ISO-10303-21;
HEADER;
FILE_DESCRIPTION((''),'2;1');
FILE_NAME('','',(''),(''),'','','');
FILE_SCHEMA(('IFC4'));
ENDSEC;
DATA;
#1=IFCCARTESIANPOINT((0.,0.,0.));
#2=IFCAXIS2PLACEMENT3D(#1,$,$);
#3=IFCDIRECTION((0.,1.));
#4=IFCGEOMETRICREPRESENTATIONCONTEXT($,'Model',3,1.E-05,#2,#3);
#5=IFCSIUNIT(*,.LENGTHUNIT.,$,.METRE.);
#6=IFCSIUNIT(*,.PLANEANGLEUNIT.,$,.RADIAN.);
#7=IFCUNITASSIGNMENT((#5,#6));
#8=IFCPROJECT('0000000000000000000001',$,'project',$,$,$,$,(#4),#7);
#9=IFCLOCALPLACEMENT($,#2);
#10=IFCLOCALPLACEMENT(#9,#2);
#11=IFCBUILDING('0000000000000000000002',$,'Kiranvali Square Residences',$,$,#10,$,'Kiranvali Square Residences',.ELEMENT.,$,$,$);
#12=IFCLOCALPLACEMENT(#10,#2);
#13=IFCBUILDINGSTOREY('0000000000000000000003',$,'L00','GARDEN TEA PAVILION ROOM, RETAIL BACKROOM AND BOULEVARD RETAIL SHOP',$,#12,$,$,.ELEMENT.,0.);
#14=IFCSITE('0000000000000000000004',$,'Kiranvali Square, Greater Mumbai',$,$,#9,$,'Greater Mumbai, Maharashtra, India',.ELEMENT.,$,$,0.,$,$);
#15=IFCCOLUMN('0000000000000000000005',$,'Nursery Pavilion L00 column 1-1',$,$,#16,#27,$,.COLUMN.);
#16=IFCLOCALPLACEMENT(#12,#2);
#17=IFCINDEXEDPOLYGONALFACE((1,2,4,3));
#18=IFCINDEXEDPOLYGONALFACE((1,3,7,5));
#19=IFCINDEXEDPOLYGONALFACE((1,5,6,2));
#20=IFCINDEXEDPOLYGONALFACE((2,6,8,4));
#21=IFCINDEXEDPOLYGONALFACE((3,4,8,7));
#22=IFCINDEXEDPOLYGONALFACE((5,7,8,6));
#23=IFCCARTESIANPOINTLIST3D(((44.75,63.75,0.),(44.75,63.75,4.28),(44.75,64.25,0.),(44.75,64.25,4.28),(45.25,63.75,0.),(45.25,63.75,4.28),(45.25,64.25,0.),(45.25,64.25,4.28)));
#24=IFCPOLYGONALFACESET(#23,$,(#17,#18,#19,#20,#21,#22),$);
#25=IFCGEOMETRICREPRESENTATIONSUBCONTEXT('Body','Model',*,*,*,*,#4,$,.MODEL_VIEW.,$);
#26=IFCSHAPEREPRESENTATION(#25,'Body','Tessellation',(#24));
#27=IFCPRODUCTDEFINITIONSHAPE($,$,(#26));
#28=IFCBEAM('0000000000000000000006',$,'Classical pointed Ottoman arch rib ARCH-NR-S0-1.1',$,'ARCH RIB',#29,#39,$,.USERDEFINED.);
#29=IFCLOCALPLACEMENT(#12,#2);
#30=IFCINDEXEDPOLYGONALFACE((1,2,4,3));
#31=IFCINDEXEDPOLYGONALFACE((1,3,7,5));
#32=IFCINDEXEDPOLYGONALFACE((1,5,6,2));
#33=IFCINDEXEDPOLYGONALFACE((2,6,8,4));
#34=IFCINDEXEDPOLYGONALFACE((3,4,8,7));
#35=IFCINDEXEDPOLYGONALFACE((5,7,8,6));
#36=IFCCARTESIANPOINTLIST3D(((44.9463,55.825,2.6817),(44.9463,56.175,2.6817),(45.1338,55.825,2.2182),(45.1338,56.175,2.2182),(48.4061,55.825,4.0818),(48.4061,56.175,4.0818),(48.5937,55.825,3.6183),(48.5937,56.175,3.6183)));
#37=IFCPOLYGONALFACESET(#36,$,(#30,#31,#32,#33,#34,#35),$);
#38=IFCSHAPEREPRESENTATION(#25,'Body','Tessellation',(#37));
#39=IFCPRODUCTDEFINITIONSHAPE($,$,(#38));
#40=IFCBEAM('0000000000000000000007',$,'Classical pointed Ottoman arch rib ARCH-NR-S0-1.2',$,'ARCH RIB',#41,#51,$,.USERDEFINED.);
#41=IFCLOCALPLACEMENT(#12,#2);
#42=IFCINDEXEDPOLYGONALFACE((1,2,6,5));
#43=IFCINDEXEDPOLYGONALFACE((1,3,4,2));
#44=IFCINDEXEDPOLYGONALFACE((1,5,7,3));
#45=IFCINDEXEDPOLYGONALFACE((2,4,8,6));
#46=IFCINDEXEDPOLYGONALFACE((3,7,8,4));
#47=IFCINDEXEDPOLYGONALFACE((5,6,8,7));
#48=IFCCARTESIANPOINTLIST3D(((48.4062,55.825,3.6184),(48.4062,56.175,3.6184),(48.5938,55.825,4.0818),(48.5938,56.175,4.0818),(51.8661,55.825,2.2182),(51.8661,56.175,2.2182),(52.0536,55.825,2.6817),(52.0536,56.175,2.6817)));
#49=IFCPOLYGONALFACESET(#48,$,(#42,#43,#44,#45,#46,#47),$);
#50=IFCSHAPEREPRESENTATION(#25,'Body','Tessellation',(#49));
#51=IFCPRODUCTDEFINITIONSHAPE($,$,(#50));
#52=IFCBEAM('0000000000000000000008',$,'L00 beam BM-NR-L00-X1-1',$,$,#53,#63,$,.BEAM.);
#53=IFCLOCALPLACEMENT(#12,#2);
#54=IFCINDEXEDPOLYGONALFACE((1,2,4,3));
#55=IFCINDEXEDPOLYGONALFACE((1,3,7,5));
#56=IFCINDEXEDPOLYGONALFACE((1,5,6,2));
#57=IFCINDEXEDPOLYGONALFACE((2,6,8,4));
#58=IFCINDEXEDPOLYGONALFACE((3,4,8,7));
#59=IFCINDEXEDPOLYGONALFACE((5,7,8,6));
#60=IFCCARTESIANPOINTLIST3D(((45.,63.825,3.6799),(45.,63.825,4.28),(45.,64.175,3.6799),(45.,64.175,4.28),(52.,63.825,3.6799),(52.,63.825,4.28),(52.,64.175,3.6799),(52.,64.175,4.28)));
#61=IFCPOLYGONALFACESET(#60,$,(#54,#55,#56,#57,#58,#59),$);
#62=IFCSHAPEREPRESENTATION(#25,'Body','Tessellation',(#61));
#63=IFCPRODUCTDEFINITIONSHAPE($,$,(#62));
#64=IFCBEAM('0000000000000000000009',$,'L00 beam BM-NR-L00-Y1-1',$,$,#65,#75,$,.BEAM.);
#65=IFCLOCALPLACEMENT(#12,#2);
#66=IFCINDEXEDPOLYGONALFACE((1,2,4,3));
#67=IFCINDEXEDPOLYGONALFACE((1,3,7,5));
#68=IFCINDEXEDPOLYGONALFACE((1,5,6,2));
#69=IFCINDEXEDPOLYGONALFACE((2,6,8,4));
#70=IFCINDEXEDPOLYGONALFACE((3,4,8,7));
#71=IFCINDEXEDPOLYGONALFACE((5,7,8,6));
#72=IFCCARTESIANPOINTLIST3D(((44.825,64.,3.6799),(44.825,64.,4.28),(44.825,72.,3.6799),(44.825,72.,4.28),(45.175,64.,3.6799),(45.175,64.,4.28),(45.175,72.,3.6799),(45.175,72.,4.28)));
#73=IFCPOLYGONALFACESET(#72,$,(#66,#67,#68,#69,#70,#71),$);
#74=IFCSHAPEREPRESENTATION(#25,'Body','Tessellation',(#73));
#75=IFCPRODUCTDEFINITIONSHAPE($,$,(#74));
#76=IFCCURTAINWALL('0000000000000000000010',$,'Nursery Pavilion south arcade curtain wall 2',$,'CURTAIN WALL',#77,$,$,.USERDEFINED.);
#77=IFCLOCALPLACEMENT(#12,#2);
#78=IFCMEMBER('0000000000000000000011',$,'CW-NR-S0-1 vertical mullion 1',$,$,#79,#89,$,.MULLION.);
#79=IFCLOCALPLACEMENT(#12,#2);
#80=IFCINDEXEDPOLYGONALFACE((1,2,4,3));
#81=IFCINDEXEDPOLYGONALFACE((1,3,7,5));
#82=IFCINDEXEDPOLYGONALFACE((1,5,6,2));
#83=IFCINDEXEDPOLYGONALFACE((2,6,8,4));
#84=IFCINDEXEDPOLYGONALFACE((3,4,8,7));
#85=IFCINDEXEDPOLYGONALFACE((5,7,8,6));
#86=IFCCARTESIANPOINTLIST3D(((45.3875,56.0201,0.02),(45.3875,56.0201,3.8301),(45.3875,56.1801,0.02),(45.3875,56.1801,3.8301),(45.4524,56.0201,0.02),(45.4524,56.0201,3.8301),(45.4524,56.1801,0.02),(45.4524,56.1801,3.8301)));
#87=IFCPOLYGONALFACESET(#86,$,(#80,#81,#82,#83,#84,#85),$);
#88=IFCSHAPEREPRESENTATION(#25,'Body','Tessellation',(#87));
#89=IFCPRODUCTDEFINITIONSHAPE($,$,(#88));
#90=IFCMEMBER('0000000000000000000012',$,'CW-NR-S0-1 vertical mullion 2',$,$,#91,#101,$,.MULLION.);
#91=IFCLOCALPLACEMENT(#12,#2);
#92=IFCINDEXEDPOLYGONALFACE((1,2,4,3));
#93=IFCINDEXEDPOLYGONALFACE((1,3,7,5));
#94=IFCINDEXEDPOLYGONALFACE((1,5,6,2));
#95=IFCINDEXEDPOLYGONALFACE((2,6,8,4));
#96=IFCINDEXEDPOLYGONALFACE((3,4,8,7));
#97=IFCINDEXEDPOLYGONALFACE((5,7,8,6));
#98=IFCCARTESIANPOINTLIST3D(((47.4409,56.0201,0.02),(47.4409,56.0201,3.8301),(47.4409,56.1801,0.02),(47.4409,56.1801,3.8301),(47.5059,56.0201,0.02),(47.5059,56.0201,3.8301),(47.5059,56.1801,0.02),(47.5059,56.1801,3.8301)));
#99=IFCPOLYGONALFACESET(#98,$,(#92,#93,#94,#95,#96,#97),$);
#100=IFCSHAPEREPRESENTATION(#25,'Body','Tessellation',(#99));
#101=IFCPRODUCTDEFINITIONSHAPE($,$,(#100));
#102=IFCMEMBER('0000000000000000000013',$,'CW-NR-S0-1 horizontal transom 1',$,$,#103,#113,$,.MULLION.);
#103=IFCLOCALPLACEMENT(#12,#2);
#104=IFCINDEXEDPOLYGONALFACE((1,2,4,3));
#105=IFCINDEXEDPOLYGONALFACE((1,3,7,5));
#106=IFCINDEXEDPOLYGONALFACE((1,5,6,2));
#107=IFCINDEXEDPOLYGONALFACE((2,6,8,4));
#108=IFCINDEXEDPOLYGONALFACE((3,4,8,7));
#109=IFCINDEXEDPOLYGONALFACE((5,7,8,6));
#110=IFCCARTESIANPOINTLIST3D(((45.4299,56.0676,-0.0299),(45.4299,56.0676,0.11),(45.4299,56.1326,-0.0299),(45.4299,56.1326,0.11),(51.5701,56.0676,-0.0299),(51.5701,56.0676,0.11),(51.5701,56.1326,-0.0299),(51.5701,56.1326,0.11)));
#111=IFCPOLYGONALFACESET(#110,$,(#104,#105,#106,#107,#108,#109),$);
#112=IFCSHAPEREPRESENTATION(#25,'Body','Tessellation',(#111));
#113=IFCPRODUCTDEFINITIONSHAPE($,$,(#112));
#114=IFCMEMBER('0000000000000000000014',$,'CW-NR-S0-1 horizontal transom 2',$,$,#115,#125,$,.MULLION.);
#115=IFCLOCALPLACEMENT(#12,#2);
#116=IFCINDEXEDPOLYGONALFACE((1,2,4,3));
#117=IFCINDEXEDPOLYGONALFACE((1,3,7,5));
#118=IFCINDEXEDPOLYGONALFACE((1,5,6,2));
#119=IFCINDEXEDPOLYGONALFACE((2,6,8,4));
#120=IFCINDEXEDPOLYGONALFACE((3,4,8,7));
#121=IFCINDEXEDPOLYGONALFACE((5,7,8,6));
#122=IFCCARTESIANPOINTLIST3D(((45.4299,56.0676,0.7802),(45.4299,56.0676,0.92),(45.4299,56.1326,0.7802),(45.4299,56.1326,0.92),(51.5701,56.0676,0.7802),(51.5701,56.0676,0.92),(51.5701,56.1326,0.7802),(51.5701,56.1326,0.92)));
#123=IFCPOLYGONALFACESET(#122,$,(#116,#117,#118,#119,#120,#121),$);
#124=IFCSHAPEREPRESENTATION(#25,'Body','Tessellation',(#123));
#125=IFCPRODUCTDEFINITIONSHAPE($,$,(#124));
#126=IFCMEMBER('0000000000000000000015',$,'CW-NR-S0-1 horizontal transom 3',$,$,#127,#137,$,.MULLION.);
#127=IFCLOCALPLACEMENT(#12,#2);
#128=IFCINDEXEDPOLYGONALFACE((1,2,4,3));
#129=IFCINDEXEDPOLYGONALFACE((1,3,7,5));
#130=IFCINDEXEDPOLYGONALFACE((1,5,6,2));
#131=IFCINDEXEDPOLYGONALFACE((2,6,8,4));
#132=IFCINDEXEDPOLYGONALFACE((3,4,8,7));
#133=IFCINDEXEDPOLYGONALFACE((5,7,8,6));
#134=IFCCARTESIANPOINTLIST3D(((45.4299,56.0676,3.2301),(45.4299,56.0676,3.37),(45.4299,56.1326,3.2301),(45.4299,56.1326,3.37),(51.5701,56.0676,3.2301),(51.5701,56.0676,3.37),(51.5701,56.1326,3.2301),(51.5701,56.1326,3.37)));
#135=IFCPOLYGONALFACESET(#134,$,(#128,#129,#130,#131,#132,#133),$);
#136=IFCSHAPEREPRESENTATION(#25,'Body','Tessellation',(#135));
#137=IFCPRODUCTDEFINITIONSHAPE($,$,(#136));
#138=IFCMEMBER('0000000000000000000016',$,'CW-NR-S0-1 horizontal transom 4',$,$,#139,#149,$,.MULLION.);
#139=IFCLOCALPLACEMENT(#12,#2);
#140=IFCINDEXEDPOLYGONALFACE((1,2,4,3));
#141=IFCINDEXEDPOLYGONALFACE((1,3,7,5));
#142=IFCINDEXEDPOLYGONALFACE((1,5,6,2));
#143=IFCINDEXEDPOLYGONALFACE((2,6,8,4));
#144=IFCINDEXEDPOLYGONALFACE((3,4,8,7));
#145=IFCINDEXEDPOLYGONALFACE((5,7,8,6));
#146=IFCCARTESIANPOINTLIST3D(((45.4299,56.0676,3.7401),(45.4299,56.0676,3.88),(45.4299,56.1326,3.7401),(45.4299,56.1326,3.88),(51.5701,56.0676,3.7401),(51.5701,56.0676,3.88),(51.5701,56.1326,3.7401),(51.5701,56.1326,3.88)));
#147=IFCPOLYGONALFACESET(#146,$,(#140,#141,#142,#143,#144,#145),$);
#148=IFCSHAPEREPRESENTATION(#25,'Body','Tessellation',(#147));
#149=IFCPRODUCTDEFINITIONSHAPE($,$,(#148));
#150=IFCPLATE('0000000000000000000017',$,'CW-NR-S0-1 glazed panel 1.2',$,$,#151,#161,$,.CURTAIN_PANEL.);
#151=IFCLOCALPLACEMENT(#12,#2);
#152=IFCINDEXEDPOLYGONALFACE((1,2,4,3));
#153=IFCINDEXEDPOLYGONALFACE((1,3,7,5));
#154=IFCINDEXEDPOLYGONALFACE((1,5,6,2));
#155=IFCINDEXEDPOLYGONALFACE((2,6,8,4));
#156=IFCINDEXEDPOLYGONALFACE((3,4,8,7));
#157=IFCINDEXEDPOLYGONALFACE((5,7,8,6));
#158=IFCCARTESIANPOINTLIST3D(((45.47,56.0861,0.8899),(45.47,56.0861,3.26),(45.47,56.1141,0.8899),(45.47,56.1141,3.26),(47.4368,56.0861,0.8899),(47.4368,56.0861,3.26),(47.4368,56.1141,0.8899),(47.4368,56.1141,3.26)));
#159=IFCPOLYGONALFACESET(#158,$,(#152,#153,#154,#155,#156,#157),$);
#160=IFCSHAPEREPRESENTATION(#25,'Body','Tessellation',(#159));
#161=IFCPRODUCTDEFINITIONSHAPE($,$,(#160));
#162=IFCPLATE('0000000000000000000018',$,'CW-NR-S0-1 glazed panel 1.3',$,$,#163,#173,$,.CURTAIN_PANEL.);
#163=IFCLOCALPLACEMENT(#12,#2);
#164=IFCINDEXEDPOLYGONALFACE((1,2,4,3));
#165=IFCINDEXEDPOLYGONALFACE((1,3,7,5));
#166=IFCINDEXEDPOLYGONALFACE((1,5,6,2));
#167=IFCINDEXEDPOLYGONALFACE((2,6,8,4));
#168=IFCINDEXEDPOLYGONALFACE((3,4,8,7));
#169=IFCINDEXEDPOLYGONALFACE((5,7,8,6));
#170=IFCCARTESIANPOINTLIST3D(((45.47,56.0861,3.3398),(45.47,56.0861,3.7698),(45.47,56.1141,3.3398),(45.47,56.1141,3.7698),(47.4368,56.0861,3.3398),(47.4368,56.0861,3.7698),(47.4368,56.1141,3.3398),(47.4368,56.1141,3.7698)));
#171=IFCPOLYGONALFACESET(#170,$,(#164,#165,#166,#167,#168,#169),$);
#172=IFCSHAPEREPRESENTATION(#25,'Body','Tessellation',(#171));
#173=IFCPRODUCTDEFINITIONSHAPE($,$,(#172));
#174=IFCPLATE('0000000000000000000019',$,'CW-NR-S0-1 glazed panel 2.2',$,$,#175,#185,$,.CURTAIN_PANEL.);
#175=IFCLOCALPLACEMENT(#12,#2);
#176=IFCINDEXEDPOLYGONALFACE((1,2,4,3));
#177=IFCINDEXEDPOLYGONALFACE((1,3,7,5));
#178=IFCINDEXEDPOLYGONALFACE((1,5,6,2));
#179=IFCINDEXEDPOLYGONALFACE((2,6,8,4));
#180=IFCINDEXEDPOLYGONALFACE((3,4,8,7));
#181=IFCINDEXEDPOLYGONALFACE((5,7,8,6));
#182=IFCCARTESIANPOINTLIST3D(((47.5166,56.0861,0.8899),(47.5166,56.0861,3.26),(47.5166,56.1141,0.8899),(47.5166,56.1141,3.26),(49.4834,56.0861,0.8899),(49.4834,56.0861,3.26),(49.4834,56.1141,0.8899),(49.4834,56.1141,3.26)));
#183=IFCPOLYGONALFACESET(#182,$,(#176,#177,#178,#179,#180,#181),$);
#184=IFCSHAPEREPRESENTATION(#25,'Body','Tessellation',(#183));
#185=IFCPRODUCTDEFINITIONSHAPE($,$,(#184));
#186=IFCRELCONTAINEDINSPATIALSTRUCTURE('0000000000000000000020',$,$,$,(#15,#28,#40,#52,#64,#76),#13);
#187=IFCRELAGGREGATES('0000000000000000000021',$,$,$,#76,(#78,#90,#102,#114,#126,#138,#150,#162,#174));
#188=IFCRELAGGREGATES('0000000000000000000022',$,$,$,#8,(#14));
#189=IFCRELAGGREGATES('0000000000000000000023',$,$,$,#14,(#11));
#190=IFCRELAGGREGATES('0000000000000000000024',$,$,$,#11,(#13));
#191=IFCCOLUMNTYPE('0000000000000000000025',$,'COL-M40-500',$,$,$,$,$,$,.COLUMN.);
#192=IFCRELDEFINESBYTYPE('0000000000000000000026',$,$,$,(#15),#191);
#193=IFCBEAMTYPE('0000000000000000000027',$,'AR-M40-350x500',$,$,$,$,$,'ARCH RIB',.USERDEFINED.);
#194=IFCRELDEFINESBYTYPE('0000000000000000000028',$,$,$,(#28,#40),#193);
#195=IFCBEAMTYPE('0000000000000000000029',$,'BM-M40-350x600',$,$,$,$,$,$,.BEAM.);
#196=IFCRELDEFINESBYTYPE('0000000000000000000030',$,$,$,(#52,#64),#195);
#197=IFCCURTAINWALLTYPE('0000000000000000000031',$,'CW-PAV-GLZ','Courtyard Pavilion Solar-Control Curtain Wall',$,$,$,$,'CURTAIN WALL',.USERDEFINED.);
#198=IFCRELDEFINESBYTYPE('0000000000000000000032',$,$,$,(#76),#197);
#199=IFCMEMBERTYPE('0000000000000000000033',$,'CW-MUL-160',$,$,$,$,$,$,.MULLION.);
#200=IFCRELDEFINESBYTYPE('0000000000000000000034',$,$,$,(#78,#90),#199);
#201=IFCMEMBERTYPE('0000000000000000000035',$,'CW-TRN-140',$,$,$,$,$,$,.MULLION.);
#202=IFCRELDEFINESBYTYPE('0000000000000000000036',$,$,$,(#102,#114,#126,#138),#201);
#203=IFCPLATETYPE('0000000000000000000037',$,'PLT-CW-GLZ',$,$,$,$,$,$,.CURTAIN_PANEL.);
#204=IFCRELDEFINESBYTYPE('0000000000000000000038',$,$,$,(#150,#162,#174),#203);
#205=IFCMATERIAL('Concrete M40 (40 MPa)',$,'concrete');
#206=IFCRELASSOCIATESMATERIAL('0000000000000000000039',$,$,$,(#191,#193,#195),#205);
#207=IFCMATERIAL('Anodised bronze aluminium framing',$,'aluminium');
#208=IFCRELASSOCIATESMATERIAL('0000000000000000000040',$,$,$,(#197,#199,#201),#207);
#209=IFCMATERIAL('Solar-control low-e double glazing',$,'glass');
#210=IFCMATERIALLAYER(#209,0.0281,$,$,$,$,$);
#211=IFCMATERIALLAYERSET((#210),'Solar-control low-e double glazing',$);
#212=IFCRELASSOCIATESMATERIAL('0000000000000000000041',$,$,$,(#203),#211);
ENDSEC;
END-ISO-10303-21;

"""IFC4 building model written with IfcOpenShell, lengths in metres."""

from ifc_helpers import new_model, si_unit, direction, frame, origin, origin_2d, place, context, subcontext, project, spatial, rectangle, extrude, material, layer, layer_set, material_profile, profile_set, type_object, element, aggregate, save


model = new_model("IFC4")

# Units and contexts
model_context = context("Model", 3, precision=1e-05, world=origin(), true_north=direction((0.0, 1.0)))
body_context = subcontext(model_context, "Body", "Model", "MODEL_VIEW")
ifc_project = project(units=[si_unit("LENGTHUNIT", "METRE"), si_unit("PLANEANGLEUNIT", "RADIAN")], contexts=[model_context])

# Site, building, storey
site_placement = place(None, origin())
site = spatial("IfcSite", under=ifc_project, at=site_placement, Name="Kiranvali Square, Greater Mumbai", LongName="Greater Mumbai, Maharashtra, India", CompositionType="ELEMENT", RefElevation=0.0)
building_placement = place(site_placement, origin())
building = spatial("IfcBuilding", under=site, at=building_placement, Name="Kiranvali Square Residences", LongName="Kiranvali Square Residences", CompositionType="ELEMENT")
storey_placement = place(building_placement, origin())
storey = spatial("IfcBuildingStorey", under=building, at=storey_placement, Name="L00", Description="GARDEN TEA PAVILION ROOM, RETAIL BACKROOM AND BOULEVARD RETAIL SHOP", CompositionType="ELEMENT", Elevation=0.0)

# Column
ifc_material_1 = material(Name="Concrete M40 (40 MPa)", Category="concrete")
ifc_material_profile_1 = material_profile(ifc_material_1, rectangle(XDim=0.5, YDim=0.5, at=origin_2d()), Name="RC 500x500")
ifc_profile_set_1 = profile_set([ifc_material_profile_1], Name="Concrete M40 (40 MPa)")
column_type = type_object("IfcColumnType", Name="COL-M40-500", PredefinedType="COLUMN", material=ifc_profile_set_1)
column_placement = place(storey_placement, frame((45.0, 64.0, 0.0), z_axis=(0.0, 0.0, 1.0), x_axis=(1.0, 0.0, 0.0)))
element("IfcColumn", 1, at=column_placement, inside=storey, type_object=column_type, Name="Nursery Pavilion L00 column 1-1", PredefinedType="COLUMN", context=body_context, shape_type="SweptSolid", body=[
    extrude(rectangle(XDim=0.5, YDim=0.5, at=origin_2d()), origin(), (0.0, 0.0, 1.0), 4.28),
])

# Beams
ifc_material_profile_2 = material_profile(ifc_material_1, rectangle(XDim=0.3501, YDim=0.5, at=origin_2d()), Name="RC 350x500")
ifc_profile_set_2 = profile_set([ifc_material_profile_2], Name="Concrete M40 (40 MPa)")
beam_type_1 = type_object("IfcBeamType", Name="AR-M40-350x500", ElementType="ARCH RIB", PredefinedType="USERDEFINED", material=ifc_profile_set_2)
for number, where, z_axis, x_axis, name in (
    (2, (45.04, 56.0, 2.45), (0.926976, 0.0, 0.37512), (0.0, 1.0, 0.0), "Classical pointed Ottoman arch rib ARCH-NR-S0-1.1"),
    (3, (48.5, 56.0, 3.8501), (0.926976, 0.0, -0.37512), (0.0, 1.0, 0.0), "Classical pointed Ottoman arch rib ARCH-NR-S0-1.2"),
):
    element("IfcBeam", number, at=place(storey_placement, frame(where, z_axis=z_axis, x_axis=x_axis)), inside=storey, type_object=beam_type_1, Name=name, ObjectType="ARCH RIB", PredefinedType="USERDEFINED", context=body_context, shape_type="SweptSolid", body=[
        extrude(rectangle(XDim=0.3501, YDim=0.5, at=origin_2d()), origin(), (0.0, 0.0, 1.0), 3.7324),
    ])
ifc_material_profile_3 = material_profile(ifc_material_1, rectangle(XDim=0.3501, YDim=0.6001, at=origin_2d()), Name="RC 350x600")
ifc_profile_set_3 = profile_set([ifc_material_profile_3], Name="Concrete M40 (40 MPa)")
beam_type_2 = type_object("IfcBeamType", Name="BM-M40-350x600", PredefinedType="BEAM", material=ifc_profile_set_3)
beam_1_placement = place(storey_placement, frame((45.0, 64.0, 3.98), z_axis=(1.0, 0.0, 0.0), x_axis=(0.0, 1.0, 0.0)))
element("IfcBeam", 4, at=beam_1_placement, inside=storey, type_object=beam_type_2, Name="L00 beam BM-NR-L00-X1-1", PredefinedType="BEAM", context=body_context, shape_type="SweptSolid", body=[
    extrude(rectangle(XDim=0.3501, YDim=0.6001, at=origin_2d()), origin(), (0.0, 0.0, 1.0), 7.0),
])
beam_2_placement = place(storey_placement, frame((45.0, 64.0, 3.98), z_axis=(0.0, 1.0, 0.0), x_axis=(-1.0, 0.0, 0.0)))
element("IfcBeam", 5, at=beam_2_placement, inside=storey, type_object=beam_type_2, Name="L00 beam BM-NR-L00-Y1-1", PredefinedType="BEAM", context=body_context, shape_type="SweptSolid", body=[
    extrude(rectangle(XDim=0.3501, YDim=0.6001, at=origin_2d()), origin(), (0.0, 0.0, 1.0), 8.0),
])

# Curtain wall, members, plates
ifc_material_2 = material(Name="Anodised bronze aluminium framing", Category="aluminium")
curtain_wall_type = type_object("IfcCurtainWallType", Name="CW-PAV-GLZ", Description="Courtyard Pavilion Solar-Control Curtain Wall", ElementType="CURTAIN WALL", PredefinedType="USERDEFINED", material=ifc_material_2)
curtain_wall_placement = place(storey_placement, origin())
curtain_wall = element("IfcCurtainWall", 6, at=curtain_wall_placement, inside=storey, type_object=curtain_wall_type, Name="Nursery Pavilion south arcade curtain wall 2", ObjectType="CURTAIN WALL", PredefinedType="USERDEFINED")
ifc_material_profile_4 = material_profile(ifc_material_2, rectangle(XDim=0.0649, YDim=0.1599, at=origin_2d()), Name="ALU 65x160")
ifc_profile_set_4 = profile_set([ifc_material_profile_4], Name="Anodised bronze aluminium framing")
member_type_1 = type_object("IfcMemberType", Name="CW-MUL-160", PredefinedType="MULLION", material=ifc_profile_set_4)
member_1_placement = place(storey_placement, frame((45.4199, 56.1001, 0.02), z_axis=(0.0, 0.0, 1.0), x_axis=(1.0, 0.0, 0.0)))
member_1 = element("IfcMember", 7, at=member_1_placement, type_object=member_type_1, Name="CW-NR-S0-1 vertical mullion 1", PredefinedType="MULLION", context=body_context, shape_type="SweptSolid", body=[
    extrude(rectangle(XDim=0.0649, YDim=0.1599, at=origin_2d()), origin(), (0.0, 0.0, 1.0), 3.8101),
])
member_2_placement = place(storey_placement, frame((47.4734, 56.1001, 0.02), z_axis=(0.0, 0.0, 1.0), x_axis=(1.0, 0.0, 0.0)))
member_2 = element("IfcMember", 8, at=member_2_placement, type_object=member_type_1, Name="CW-NR-S0-1 vertical mullion 2", PredefinedType="MULLION", context=body_context, shape_type="SweptSolid", body=[
    extrude(rectangle(XDim=0.0649, YDim=0.1599, at=origin_2d()), origin(), (0.0, 0.0, 1.0), 3.8101),
])
ifc_material_profile_5 = material_profile(ifc_material_2, rectangle(XDim=0.0649, YDim=0.1399, at=origin_2d()), Name="ALU 65x140")
ifc_profile_set_5 = profile_set([ifc_material_profile_5], Name="Anodised bronze aluminium framing")
member_type_2 = type_object("IfcMemberType", Name="CW-TRN-140", PredefinedType="MULLION", material=ifc_profile_set_5)
member_3_placement = place(storey_placement, frame((45.4299, 56.1001, 0.04), z_axis=(1.0, 0.0, 0.0), x_axis=(0.0, 1.0, 0.0)))
member_3 = element("IfcMember", 9, at=member_3_placement, type_object=member_type_2, Name="CW-NR-S0-1 horizontal transom 1", PredefinedType="MULLION", context=body_context, shape_type="SweptSolid", body=[
    extrude(rectangle(XDim=0.0649, YDim=0.1399, at=origin_2d()), origin(), (0.0, 0.0, 1.0), 6.1401),
])
member_4_placement = place(storey_placement, frame((45.4299, 56.1001, 0.8501), z_axis=(1.0, 0.0, 0.0), x_axis=(0.0, 1.0, 0.0)))
member_4 = element("IfcMember", 10, at=member_4_placement, type_object=member_type_2, Name="CW-NR-S0-1 horizontal transom 2", PredefinedType="MULLION", context=body_context, shape_type="SweptSolid", body=[
    extrude(rectangle(XDim=0.0649, YDim=0.1399, at=origin_2d()), origin(), (0.0, 0.0, 1.0), 6.1401),
])
member_5_placement = place(storey_placement, frame((45.4299, 56.1001, 3.3), z_axis=(1.0, 0.0, 0.0), x_axis=(0.0, 1.0, 0.0)))
member_5 = element("IfcMember", 11, at=member_5_placement, type_object=member_type_2, Name="CW-NR-S0-1 horizontal transom 3", PredefinedType="MULLION", context=body_context, shape_type="SweptSolid", body=[
    extrude(rectangle(XDim=0.0649, YDim=0.1399, at=origin_2d()), origin(), (0.0, 0.0, 1.0), 6.1401),
])
member_6_placement = place(storey_placement, frame((45.4299, 56.1001, 3.8101), z_axis=(1.0, 0.0, 0.0), x_axis=(0.0, 1.0, 0.0)))
member_6 = element("IfcMember", 12, at=member_6_placement, type_object=member_type_2, Name="CW-NR-S0-1 horizontal transom 4", PredefinedType="MULLION", context=body_context, shape_type="SweptSolid", body=[
    extrude(rectangle(XDim=0.0649, YDim=0.1399, at=origin_2d()), origin(), (0.0, 0.0, 1.0), 6.1401),
])
ifc_material_3 = material(Name="Solar-control low-e double glazing", Category="glass")
ifc_layer_1 = layer(ifc_material_3, 0.0281)
ifc_layer_set_1 = layer_set([ifc_layer_1], Name="Solar-control low-e double glazing")
plate_type_1 = type_object("IfcPlateType", Name="PLT-CW-GLZ", PredefinedType="CURTAIN_PANEL", material=ifc_layer_set_1)
plate_1_placement = place(storey_placement, frame((46.4534, 56.1001, 0.8899), z_axis=(0.0, 0.0, 1.0), x_axis=(1.0, 0.0, 0.0)))
plate_1 = element("IfcPlate", 13, at=plate_1_placement, type_object=plate_type_1, Name="CW-NR-S0-1 glazed panel 1.2", PredefinedType="CURTAIN_PANEL", context=body_context, shape_type="SweptSolid", body=[
    extrude(rectangle(XDim=1.9668, YDim=0.0281, at=origin_2d()), origin(), (0.0, 0.0, 1.0), 2.3701),
])
plate_2_placement = place(storey_placement, frame((46.4534, 56.1001, 3.3398), z_axis=(0.0, 0.0, 1.0), x_axis=(1.0, 0.0, 0.0)))
plate_2 = element("IfcPlate", 14, at=plate_2_placement, type_object=plate_type_1, Name="CW-NR-S0-1 glazed panel 1.3", PredefinedType="CURTAIN_PANEL", context=body_context, shape_type="SweptSolid", body=[
    extrude(rectangle(XDim=1.9668, YDim=0.0281, at=origin_2d()), origin(), (0.0, 0.0, 1.0), 0.4299),
])
plate_3_placement = place(storey_placement, frame((48.5, 56.1001, 0.8899), z_axis=(0.0, 0.0, 1.0), x_axis=(1.0, 0.0, 0.0)))
plate_3 = element("IfcPlate", 15, at=plate_3_placement, type_object=plate_type_1, Name="CW-NR-S0-1 glazed panel 2.2", PredefinedType="CURTAIN_PANEL", context=body_context, shape_type="SweptSolid", body=[
    extrude(rectangle(XDim=1.9668, YDim=0.0281, at=origin_2d()), origin(), (0.0, 0.0, 1.0), 2.3701),
])
aggregate(curtain_wall, [member_1, member_2, member_3, member_4, member_5, member_6, plate_1, plate_2, plate_3])

save(model, "model.ifc")
